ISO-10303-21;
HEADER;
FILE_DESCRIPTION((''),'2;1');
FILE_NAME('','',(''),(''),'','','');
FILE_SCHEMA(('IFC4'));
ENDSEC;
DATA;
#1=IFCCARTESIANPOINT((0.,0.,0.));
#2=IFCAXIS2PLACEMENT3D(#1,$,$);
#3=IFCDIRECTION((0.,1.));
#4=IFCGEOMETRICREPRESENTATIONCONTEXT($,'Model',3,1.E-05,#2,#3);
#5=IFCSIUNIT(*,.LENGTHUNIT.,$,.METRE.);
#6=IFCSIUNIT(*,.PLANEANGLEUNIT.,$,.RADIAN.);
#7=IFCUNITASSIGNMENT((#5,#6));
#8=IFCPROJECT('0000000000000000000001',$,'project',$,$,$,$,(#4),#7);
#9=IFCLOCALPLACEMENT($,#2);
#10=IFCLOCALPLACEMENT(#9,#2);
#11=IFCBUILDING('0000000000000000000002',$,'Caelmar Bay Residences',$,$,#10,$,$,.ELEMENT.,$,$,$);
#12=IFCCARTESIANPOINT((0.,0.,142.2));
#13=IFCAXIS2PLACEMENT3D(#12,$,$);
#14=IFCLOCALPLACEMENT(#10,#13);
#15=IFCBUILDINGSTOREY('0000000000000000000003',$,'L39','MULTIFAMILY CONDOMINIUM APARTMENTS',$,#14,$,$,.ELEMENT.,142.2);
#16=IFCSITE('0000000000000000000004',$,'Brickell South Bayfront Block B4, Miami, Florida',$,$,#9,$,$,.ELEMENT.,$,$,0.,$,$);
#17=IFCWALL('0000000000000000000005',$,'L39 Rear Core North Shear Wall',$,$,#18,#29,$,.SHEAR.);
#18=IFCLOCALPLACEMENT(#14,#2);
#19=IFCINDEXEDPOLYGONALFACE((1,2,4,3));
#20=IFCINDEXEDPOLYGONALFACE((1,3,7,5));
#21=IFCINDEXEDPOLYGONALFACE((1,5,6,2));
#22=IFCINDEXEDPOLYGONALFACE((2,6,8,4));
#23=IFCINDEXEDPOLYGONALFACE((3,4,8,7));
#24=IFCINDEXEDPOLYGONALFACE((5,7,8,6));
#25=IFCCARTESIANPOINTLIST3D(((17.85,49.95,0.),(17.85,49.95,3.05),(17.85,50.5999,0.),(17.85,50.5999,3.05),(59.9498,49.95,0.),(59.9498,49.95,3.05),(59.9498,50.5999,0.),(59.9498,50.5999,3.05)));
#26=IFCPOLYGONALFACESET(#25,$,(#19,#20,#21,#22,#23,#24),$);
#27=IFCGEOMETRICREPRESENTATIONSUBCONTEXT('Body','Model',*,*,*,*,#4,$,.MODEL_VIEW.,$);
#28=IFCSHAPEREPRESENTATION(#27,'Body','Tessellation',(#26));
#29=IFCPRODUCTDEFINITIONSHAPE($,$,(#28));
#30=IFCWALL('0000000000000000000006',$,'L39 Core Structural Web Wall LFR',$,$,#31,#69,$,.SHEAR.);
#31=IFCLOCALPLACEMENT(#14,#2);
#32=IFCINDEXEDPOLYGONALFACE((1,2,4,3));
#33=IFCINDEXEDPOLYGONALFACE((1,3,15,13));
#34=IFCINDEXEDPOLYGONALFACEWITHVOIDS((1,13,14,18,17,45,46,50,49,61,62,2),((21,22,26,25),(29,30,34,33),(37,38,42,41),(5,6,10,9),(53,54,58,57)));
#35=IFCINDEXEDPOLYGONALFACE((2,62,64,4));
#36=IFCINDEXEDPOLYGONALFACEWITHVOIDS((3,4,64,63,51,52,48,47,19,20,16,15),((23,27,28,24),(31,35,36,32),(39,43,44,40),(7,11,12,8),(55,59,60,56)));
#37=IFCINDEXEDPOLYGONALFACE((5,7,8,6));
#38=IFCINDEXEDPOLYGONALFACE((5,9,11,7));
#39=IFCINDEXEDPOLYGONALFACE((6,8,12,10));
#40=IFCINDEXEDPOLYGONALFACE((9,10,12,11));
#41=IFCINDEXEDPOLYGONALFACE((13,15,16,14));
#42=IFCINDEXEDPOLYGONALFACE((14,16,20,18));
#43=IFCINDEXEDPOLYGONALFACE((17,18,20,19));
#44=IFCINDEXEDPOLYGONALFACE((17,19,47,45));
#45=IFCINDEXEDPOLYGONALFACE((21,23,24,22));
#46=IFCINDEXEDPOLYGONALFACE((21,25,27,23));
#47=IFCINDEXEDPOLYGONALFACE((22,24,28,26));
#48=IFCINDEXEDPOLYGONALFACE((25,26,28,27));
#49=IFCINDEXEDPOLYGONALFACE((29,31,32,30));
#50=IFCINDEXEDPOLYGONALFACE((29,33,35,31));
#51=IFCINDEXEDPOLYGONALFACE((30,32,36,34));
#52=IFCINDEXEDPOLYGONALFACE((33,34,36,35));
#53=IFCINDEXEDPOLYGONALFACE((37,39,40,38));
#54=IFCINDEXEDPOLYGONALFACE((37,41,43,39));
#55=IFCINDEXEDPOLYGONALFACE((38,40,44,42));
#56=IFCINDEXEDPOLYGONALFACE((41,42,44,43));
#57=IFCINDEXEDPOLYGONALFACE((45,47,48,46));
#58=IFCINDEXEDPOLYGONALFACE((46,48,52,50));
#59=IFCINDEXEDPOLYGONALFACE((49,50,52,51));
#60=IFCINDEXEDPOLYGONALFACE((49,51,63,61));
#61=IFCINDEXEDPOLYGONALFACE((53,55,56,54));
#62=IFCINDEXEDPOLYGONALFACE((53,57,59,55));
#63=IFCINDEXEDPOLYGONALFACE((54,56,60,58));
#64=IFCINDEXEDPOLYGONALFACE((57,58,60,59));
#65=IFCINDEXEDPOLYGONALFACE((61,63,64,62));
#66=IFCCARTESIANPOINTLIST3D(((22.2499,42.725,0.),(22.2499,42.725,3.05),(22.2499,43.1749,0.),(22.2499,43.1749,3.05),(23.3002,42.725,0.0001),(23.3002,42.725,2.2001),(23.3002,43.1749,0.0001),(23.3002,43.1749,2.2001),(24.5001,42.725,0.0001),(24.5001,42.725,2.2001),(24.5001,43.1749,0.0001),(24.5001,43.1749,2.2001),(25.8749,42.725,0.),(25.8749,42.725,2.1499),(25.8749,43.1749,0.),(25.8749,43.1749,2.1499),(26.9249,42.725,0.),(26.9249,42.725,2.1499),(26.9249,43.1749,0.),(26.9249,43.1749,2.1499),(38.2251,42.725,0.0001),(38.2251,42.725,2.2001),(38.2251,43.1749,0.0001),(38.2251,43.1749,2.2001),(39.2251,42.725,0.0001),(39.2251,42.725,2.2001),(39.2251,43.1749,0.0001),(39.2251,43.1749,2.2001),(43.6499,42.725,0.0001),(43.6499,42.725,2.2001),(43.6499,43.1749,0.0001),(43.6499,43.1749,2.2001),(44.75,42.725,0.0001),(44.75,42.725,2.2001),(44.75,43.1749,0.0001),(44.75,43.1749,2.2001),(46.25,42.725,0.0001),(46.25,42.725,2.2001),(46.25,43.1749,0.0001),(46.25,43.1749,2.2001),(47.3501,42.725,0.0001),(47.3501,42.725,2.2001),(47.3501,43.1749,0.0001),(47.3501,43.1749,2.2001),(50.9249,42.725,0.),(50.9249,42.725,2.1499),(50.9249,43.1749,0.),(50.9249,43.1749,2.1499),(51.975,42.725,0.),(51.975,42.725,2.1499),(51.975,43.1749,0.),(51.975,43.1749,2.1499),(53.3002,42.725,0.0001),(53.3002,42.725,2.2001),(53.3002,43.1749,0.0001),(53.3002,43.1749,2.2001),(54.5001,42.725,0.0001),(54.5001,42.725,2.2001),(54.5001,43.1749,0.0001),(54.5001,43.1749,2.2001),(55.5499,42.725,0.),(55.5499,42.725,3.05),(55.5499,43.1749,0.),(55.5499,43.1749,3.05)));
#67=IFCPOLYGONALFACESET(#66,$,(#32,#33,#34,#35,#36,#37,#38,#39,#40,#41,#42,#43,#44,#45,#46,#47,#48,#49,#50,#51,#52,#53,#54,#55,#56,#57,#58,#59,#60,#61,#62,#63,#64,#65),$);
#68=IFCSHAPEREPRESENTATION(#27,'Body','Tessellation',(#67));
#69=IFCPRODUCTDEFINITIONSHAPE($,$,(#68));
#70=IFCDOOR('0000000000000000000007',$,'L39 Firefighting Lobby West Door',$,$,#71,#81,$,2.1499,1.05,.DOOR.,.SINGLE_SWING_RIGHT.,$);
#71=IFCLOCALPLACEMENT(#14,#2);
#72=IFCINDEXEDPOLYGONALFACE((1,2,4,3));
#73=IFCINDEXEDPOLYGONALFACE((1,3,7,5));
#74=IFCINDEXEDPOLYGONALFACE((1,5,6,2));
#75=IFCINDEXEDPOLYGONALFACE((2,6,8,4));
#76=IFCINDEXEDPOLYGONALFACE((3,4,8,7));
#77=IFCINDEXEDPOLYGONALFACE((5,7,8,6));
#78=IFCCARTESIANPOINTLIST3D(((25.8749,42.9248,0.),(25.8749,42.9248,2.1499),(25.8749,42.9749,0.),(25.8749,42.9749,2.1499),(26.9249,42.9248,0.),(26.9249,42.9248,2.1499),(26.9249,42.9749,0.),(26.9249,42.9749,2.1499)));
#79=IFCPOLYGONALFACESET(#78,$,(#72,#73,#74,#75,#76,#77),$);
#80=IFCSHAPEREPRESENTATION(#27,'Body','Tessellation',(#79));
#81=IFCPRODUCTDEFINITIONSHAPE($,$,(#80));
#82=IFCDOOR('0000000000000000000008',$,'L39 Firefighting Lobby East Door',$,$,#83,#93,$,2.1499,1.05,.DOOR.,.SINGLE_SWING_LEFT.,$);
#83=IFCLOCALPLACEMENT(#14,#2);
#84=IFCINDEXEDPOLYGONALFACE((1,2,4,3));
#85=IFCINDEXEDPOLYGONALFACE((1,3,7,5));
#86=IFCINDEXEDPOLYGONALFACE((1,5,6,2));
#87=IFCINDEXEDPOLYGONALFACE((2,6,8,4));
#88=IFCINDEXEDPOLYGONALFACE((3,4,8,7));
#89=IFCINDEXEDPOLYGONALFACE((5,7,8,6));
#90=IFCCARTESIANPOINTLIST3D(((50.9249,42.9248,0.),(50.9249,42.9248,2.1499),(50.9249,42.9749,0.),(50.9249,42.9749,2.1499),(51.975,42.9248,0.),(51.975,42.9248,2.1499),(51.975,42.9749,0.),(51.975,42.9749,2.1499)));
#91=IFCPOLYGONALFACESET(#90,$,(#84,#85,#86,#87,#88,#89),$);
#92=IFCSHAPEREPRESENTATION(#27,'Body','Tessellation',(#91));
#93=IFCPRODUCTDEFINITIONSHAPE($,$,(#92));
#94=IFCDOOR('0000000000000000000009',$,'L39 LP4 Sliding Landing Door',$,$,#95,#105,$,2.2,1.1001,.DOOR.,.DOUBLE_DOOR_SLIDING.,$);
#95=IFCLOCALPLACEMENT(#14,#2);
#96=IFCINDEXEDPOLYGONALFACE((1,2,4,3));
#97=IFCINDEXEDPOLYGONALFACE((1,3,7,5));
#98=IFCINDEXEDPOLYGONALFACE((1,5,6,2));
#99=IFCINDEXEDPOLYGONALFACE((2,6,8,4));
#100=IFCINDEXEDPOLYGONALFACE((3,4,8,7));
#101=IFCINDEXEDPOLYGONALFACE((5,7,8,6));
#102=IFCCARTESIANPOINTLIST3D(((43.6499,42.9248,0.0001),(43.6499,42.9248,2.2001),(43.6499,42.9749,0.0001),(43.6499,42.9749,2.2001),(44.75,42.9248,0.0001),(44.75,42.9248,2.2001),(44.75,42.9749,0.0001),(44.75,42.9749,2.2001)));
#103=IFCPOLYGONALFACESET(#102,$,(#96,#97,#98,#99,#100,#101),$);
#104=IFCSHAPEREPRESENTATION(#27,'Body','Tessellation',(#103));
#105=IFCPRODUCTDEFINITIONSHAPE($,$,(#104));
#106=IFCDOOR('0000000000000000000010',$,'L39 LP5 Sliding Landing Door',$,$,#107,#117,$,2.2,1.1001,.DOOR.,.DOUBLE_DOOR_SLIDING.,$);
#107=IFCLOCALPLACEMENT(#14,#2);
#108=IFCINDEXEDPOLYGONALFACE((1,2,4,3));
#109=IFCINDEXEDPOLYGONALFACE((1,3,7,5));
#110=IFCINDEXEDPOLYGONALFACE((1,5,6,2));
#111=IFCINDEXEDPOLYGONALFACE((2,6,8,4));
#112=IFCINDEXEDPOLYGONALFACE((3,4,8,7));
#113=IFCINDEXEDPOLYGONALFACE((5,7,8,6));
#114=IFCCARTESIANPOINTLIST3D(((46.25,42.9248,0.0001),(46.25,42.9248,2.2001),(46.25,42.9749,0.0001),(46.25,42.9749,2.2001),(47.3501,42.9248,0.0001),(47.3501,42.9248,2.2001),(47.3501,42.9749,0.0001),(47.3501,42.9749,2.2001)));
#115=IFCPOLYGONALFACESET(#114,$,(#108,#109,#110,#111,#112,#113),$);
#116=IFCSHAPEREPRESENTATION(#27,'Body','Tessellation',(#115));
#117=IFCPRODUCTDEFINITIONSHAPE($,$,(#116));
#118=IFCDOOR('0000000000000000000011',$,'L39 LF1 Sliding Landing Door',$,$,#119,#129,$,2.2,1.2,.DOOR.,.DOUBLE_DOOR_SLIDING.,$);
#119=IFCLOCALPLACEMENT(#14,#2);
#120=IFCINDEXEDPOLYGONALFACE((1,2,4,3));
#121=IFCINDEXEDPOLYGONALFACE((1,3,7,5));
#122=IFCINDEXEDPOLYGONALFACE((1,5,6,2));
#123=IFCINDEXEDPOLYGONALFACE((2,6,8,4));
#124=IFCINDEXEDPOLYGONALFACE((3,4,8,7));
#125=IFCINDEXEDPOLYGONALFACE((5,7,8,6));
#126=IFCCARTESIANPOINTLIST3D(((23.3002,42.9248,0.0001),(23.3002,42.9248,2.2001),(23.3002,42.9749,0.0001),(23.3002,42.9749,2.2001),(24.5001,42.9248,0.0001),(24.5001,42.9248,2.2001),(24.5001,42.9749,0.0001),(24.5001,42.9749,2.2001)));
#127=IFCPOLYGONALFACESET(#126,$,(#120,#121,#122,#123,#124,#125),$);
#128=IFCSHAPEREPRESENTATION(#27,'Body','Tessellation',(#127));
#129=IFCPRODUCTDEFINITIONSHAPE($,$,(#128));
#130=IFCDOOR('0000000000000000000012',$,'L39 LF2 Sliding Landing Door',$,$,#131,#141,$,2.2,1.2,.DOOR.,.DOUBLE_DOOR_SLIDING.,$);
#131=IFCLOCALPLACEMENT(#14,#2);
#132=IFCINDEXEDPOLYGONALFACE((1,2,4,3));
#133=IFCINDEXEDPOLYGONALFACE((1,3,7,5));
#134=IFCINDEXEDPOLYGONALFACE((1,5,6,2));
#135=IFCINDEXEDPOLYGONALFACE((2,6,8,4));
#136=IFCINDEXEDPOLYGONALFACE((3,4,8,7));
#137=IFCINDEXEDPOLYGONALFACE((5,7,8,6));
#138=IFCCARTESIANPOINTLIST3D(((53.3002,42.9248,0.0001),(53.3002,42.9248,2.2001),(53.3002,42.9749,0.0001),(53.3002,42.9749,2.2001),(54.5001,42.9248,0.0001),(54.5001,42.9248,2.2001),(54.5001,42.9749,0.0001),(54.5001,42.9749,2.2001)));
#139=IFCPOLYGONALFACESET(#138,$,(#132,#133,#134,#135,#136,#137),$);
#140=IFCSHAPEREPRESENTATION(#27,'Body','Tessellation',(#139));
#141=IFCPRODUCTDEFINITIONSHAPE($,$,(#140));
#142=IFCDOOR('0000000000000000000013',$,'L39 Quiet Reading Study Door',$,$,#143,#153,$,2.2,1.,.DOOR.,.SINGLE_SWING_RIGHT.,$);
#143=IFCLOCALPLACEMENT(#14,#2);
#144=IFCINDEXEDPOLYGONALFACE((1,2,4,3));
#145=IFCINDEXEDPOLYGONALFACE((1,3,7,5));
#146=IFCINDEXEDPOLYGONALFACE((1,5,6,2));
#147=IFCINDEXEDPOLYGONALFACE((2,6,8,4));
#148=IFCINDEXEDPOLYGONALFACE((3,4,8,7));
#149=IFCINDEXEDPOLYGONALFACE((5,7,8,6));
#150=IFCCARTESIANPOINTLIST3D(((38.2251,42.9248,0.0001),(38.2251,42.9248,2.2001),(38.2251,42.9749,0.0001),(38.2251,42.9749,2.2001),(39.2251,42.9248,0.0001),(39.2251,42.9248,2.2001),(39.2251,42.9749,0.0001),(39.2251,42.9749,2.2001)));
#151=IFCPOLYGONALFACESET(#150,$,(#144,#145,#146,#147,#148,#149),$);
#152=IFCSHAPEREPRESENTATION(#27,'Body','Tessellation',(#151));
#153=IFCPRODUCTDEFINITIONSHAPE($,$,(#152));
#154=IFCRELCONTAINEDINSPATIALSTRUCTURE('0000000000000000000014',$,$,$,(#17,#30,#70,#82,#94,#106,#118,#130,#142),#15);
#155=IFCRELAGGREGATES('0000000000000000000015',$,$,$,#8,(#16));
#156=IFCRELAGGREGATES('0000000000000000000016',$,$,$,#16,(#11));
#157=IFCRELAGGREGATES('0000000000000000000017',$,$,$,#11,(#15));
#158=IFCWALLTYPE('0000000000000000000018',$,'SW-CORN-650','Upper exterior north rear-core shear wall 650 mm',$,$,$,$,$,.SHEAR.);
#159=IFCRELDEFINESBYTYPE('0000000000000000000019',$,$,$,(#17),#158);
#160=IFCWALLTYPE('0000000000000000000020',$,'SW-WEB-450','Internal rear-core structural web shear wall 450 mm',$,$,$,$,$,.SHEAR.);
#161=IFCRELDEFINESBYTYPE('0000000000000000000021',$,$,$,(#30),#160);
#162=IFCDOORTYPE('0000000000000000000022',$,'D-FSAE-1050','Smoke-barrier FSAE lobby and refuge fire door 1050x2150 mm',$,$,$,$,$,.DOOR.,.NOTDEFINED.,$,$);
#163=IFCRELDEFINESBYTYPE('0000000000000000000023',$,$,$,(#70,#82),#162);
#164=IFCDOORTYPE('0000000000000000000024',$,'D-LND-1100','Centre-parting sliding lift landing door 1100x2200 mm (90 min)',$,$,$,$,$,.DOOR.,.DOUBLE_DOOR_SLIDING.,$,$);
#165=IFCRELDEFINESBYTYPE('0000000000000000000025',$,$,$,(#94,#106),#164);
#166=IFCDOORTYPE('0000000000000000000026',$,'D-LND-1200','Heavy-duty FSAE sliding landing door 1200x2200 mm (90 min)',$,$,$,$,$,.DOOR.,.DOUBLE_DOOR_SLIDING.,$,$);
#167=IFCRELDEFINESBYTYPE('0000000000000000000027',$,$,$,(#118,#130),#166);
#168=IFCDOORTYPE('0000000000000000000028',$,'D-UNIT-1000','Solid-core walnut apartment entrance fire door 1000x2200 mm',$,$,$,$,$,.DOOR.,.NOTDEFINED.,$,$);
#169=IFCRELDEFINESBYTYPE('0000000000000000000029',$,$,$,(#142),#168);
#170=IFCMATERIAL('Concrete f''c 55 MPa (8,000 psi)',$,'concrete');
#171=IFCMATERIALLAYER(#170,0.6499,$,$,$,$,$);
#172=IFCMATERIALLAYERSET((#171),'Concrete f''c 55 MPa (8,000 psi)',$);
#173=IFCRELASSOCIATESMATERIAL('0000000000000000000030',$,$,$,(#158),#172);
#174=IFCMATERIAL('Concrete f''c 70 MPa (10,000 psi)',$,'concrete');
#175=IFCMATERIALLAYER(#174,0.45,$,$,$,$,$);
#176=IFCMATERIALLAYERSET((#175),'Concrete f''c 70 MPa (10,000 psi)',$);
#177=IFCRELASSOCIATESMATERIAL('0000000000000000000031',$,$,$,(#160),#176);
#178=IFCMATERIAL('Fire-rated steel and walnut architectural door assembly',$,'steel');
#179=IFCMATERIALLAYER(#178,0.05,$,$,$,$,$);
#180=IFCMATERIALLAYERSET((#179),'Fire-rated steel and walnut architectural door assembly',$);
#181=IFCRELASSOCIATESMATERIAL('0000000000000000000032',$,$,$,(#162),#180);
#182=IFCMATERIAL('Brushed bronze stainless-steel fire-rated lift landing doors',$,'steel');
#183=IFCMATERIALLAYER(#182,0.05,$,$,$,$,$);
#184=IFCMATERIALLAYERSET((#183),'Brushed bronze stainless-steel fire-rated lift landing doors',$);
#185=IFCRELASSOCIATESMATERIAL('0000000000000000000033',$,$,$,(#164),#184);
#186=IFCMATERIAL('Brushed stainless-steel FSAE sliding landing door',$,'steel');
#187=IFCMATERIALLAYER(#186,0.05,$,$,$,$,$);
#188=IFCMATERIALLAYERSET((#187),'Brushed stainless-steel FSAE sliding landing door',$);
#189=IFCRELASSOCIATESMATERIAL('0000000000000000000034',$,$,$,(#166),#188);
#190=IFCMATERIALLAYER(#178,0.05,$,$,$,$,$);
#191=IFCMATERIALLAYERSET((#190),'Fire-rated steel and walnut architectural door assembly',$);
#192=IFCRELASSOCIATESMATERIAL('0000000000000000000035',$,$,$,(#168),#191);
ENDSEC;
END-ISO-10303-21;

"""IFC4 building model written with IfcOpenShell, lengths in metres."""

from ifc_helpers import new_model, si_unit, direction, frame, frame_2d, origin, place, context, subcontext, project, spatial, rectangle, extrude, material, layer, layer_set, type_object, element, fill, save


model = new_model("IFC4")

# Units and contexts
model_context = context("Model", 3, precision=1e-05, world=origin(), true_north=direction((0.0, 1.0)))
body_context = subcontext(model_context, "Body", "Model", "MODEL_VIEW")
ifc_project = project(units=[si_unit("LENGTHUNIT", "METRE"), si_unit("PLANEANGLEUNIT", "RADIAN")], contexts=[model_context])

# Site, building, storey
site_placement = place(None, origin())
site = spatial("IfcSite", under=ifc_project, at=site_placement, Name="Brickell South Bayfront Block B4, Miami, Florida", CompositionType="ELEMENT", RefElevation=0.0)
building_placement = place(site_placement, origin())
building = spatial("IfcBuilding", under=site, at=building_placement, Name="Caelmar Bay Residences", CompositionType="ELEMENT")
storey_placement = place(building_placement, frame((0.0, 0.0, 142.2)))
storey = spatial("IfcBuildingStorey", under=building, at=storey_placement, Name="L39", Description="MULTIFAMILY CONDOMINIUM APARTMENTS", CompositionType="ELEMENT", Elevation=142.2)

# Wall
ifc_material_1 = material(Name="Concrete f'c 55 MPa (8,000 psi)", Category="concrete")
ifc_layer_1 = layer(ifc_material_1, 0.6499)
ifc_layer_set_1 = layer_set([ifc_layer_1], Name="Concrete f'c 55 MPa (8,000 psi)")
wall_type_1 = type_object("IfcWallType", Name="SW-CORN-650", Description="Upper exterior north rear-core shear wall 650 mm", PredefinedType="SHEAR", material=ifc_layer_set_1)
wall_1_placement = place(storey_placement, frame((17.8501, 50.2749, 0.0), z_axis=(0.0, 0.0, 1.0), x_axis=(1.0, 0.0, 0.0)))
element("IfcWall", 1, at=wall_1_placement, inside=storey, type_object=wall_type_1, Name="L39 Rear Core North Shear Wall", PredefinedType="SHEAR", context=body_context, shape_type="SweptSolid", body=[
    extrude(rectangle(XDim=42.0999, YDim=0.6499, at=frame_2d((21.0498, 0.0))), origin(), (0.0, 0.0, 1.0), 3.05),
])

# Wall, openings, doors
ifc_material_2 = material(Name="Concrete f'c 70 MPa (10,000 psi)", Category="concrete")
ifc_layer_2 = layer(ifc_material_2, 0.45)
ifc_layer_set_2 = layer_set([ifc_layer_2], Name="Concrete f'c 70 MPa (10,000 psi)")
wall_type_2 = type_object("IfcWallType", Name="SW-WEB-450", Description="Internal rear-core structural web shear wall 450 mm", PredefinedType="SHEAR", material=ifc_layer_set_2)
wall_2_placement = place(storey_placement, frame((22.25, 42.95, 0.0), z_axis=(0.0, 0.0, 1.0), x_axis=(1.0, 0.0, 0.0)))
wall_2 = element("IfcWall", 2, at=wall_2_placement, inside=storey, type_object=wall_type_2, Name="L39 Core Structural Web Wall LFR", PredefinedType="SHEAR", context=body_context, shape_type="SweptSolid", body=[
    extrude(rectangle(XDim=33.3, YDim=0.45, at=frame_2d((16.6499, 0.0))), origin(), (0.0, 0.0, 1.0), 3.05),
])
opening_1_placement = place(wall_2_placement, frame((1.05, 0.0, 0.0)))
opening_1 = element("IfcOpeningElement", 3, at=opening_1_placement, cuts=wall_2, PredefinedType="OPENING", context=body_context, shape_type="SweptSolid", body=[
    extrude(rectangle(XDim=1.2, YDim=2.2, at=frame_2d((0.6001, 1.1001))), frame((0.0, 0.2349, 0.0), z_axis=(0.0, -1.0, 0.0), x_axis=(1.0, 0.0, 0.0)), (0.0, 0.0, 1.0), 0.47),
])
opening_2_placement = place(wall_2_placement, frame((31.05, 0.0, 0.0)))
opening_2 = element("IfcOpeningElement", 4, at=opening_2_placement, cuts=wall_2, PredefinedType="OPENING", context=body_context, shape_type="SweptSolid", body=[
    extrude(rectangle(XDim=1.2, YDim=2.2, at=frame_2d((0.6001, 1.1001))), frame((0.0, 0.2349, 0.0), z_axis=(0.0, -1.0, 0.0), x_axis=(1.0, 0.0, 0.0)), (0.0, 0.0, 1.0), 0.47),
])
opening_3_placement = place(wall_2_placement, frame((21.3999, 0.0, 0.0)))
opening_3 = element("IfcOpeningElement", 5, at=opening_3_placement, cuts=wall_2, PredefinedType="OPENING", context=body_context, shape_type="SweptSolid", body=[
    extrude(rectangle(XDim=1.1001, YDim=2.2, at=frame_2d((0.55, 1.1001))), frame((0.0, 0.2349, 0.0), z_axis=(0.0, -1.0, 0.0), x_axis=(1.0, 0.0, 0.0)), (0.0, 0.0, 1.0), 0.47),
])
opening_4_placement = place(wall_2_placement, frame((24.0, 0.0, 0.0)))
opening_4 = element("IfcOpeningElement", 6, at=opening_4_placement, cuts=wall_2, PredefinedType="OPENING", context=body_context, shape_type="SweptSolid", body=[
    extrude(rectangle(XDim=1.1001, YDim=2.2, at=frame_2d((0.55, 1.1001))), frame((0.0, 0.2349, 0.0), z_axis=(0.0, -1.0, 0.0), x_axis=(1.0, 0.0, 0.0)), (0.0, 0.0, 1.0), 0.47),
])
opening_5_placement = place(wall_2_placement, frame((3.625, 0.0, 0.0)))
opening_5 = element("IfcOpeningElement", 7, at=opening_5_placement, cuts=wall_2, PredefinedType="OPENING", context=body_context, shape_type="SweptSolid", body=[
    extrude(rectangle(XDim=1.05, YDim=2.1499, at=frame_2d((0.5249, 1.075))), frame((0.0, 0.2349, 0.0), z_axis=(0.0, -1.0, 0.0), x_axis=(1.0, 0.0, 0.0)), (0.0, 0.0, 1.0), 0.47),
])
opening_6_placement = place(wall_2_placement, frame((28.675, 0.0, 0.0)))
opening_6 = element("IfcOpeningElement", 8, at=opening_6_placement, cuts=wall_2, PredefinedType="OPENING", context=body_context, shape_type="SweptSolid", body=[
    extrude(rectangle(XDim=1.05, YDim=2.1499, at=frame_2d((0.5249, 1.075))), frame((0.0, 0.2349, 0.0), z_axis=(0.0, -1.0, 0.0), x_axis=(1.0, 0.0, 0.0)), (0.0, 0.0, 1.0), 0.47),
])
opening_7_placement = place(wall_2_placement, frame((15.9751, 0.0, 0.0)))
opening_7 = element("IfcOpeningElement", 9, at=opening_7_placement, cuts=wall_2, PredefinedType="OPENING", context=body_context, shape_type="SweptSolid", body=[
    extrude(rectangle(XDim=1.0, YDim=2.2, at=frame_2d((0.5, 1.1001))), frame((0.0, 0.2349, 0.0), z_axis=(0.0, -1.0, 0.0), x_axis=(1.0, 0.0, 0.0)), (0.0, 0.0, 1.0), 0.47),
])
ifc_material_3 = material(Name="Fire-rated steel and walnut architectural door assembly", Category="steel")
ifc_layer_3 = layer(ifc_material_3, 0.05)
ifc_layer_set_3 = layer_set([ifc_layer_3], Name="Fire-rated steel and walnut architectural door assembly")
door_type_1 = type_object("IfcDoorType", Name="D-FSAE-1050", Description="Smoke-barrier FSAE lobby and refuge fire door 1050x2150 mm", OperationType="NOTDEFINED", PredefinedType="DOOR", material=ifc_layer_set_3)
door_1_placement = place(opening_5_placement, origin())
door_1 = element("IfcDoor", 10, at=door_1_placement, inside=storey, type_object=door_type_1, Name="L39 Firefighting Lobby West Door", OperationType="SINGLE_SWING_RIGHT", OverallHeight=2.1499, OverallWidth=1.05, PredefinedType="DOOR", context=body_context, shape_type="SweptSolid", body=[
    extrude(rectangle(XDim=1.05, YDim=2.1499, at=frame_2d((0.5249, 1.075))), frame((0.0, 0.0249, 0.0), z_axis=(0.0, -1.0, 0.0), x_axis=(1.0, 0.0, 0.0)), (0.0, 0.0, 1.0), 0.05),
])
fill(opening_5, door_1)
door_2_placement = place(opening_6_placement, origin())
door_2 = element("IfcDoor", 11, at=door_2_placement, inside=storey, type_object=door_type_1, Name="L39 Firefighting Lobby East Door", OperationType="SINGLE_SWING_LEFT", OverallHeight=2.1499, OverallWidth=1.05, PredefinedType="DOOR", context=body_context, shape_type="SweptSolid", body=[
    extrude(rectangle(XDim=1.05, YDim=2.1499, at=frame_2d((0.5249, 1.075))), frame((0.0, 0.0249, 0.0), z_axis=(0.0, -1.0, 0.0), x_axis=(1.0, 0.0, 0.0)), (0.0, 0.0, 1.0), 0.05),
])
fill(opening_6, door_2)
ifc_material_4 = material(Name="Brushed bronze stainless-steel fire-rated lift landing doors", Category="steel")
ifc_layer_4 = layer(ifc_material_4, 0.05)
ifc_layer_set_4 = layer_set([ifc_layer_4], Name="Brushed bronze stainless-steel fire-rated lift landing doors")
door_type_2 = type_object("IfcDoorType", Name="D-LND-1100", Description="Centre-parting sliding lift landing door 1100x2200 mm (90 min)", OperationType="DOUBLE_DOOR_SLIDING", PredefinedType="DOOR", material=ifc_layer_set_4)
door_3_placement = place(opening_3_placement, origin())
door_3 = element("IfcDoor", 12, at=door_3_placement, inside=storey, type_object=door_type_2, Name="L39 LP4 Sliding Landing Door", OperationType="DOUBLE_DOOR_SLIDING", OverallHeight=2.2, OverallWidth=1.1001, PredefinedType="DOOR", context=body_context, shape_type="SweptSolid", body=[
    extrude(rectangle(XDim=1.1001, YDim=2.2, at=frame_2d((0.55, 1.1001))), frame((0.0, 0.0249, 0.0), z_axis=(0.0, -1.0, 0.0), x_axis=(1.0, 0.0, 0.0)), (0.0, 0.0, 1.0), 0.05),
])
fill(opening_3, door_3)
door_4_placement = place(opening_4_placement, origin())
door_4 = element("IfcDoor", 13, at=door_4_placement, inside=storey, type_object=door_type_2, Name="L39 LP5 Sliding Landing Door", OperationType="DOUBLE_DOOR_SLIDING", OverallHeight=2.2, OverallWidth=1.1001, PredefinedType="DOOR", context=body_context, shape_type="SweptSolid", body=[
    extrude(rectangle(XDim=1.1001, YDim=2.2, at=frame_2d((0.55, 1.1001))), frame((0.0, 0.0249, 0.0), z_axis=(0.0, -1.0, 0.0), x_axis=(1.0, 0.0, 0.0)), (0.0, 0.0, 1.0), 0.05),
])
fill(opening_4, door_4)
ifc_material_5 = material(Name="Brushed stainless-steel FSAE sliding landing door", Category="steel")
ifc_layer_5 = layer(ifc_material_5, 0.05)
ifc_layer_set_5 = layer_set([ifc_layer_5], Name="Brushed stainless-steel FSAE sliding landing door")
door_type_3 = type_object("IfcDoorType", Name="D-LND-1200", Description="Heavy-duty FSAE sliding landing door 1200x2200 mm (90 min)", OperationType="DOUBLE_DOOR_SLIDING", PredefinedType="DOOR", material=ifc_layer_set_5)
door_5_placement = place(opening_1_placement, origin())
door_5 = element("IfcDoor", 14, at=door_5_placement, inside=storey, type_object=door_type_3, Name="L39 LF1 Sliding Landing Door", OperationType="DOUBLE_DOOR_SLIDING", OverallHeight=2.2, OverallWidth=1.2, PredefinedType="DOOR", context=body_context, shape_type="SweptSolid", body=[
    extrude(rectangle(XDim=1.2, YDim=2.2, at=frame_2d((0.6001, 1.1001))), frame((0.0, 0.0249, 0.0), z_axis=(0.0, -1.0, 0.0), x_axis=(1.0, 0.0, 0.0)), (0.0, 0.0, 1.0), 0.05),
])
fill(opening_1, door_5)
door_6_placement = place(opening_2_placement, origin())
door_6 = element("IfcDoor", 15, at=door_6_placement, inside=storey, type_object=door_type_3, Name="L39 LF2 Sliding Landing Door", OperationType="DOUBLE_DOOR_SLIDING", OverallHeight=2.2, OverallWidth=1.2, PredefinedType="DOOR", context=body_context, shape_type="SweptSolid", body=[
    extrude(rectangle(XDim=1.2, YDim=2.2, at=frame_2d((0.6001, 1.1001))), frame((0.0, 0.0249, 0.0), z_axis=(0.0, -1.0, 0.0), x_axis=(1.0, 0.0, 0.0)), (0.0, 0.0, 1.0), 0.05),
])
fill(opening_2, door_6)
ifc_layer_6 = layer(ifc_material_3, 0.05)
ifc_layer_set_6 = layer_set([ifc_layer_6], Name="Fire-rated steel and walnut architectural door assembly")
door_type_4 = type_object("IfcDoorType", Name="D-UNIT-1000", Description="Solid-core walnut apartment entrance fire door 1000x2200 mm", OperationType="NOTDEFINED", PredefinedType="DOOR", material=ifc_layer_set_6)
door_7_placement = place(opening_7_placement, origin())
door_7 = element("IfcDoor", 16, at=door_7_placement, inside=storey, type_object=door_type_4, Name="L39 Quiet Reading Study Door", OperationType="SINGLE_SWING_RIGHT", OverallHeight=2.2, OverallWidth=1.0, PredefinedType="DOOR", context=body_context, shape_type="SweptSolid", body=[
    extrude(rectangle(XDim=1.0, YDim=2.2, at=frame_2d((0.5, 1.1001))), frame((0.0, 0.0249, 0.0), z_axis=(0.0, -1.0, 0.0), x_axis=(1.0, 0.0, 0.0)), (0.0, 0.0, 1.0), 0.05),
])
fill(opening_7, door_7)

save(model, "model.ifc")
